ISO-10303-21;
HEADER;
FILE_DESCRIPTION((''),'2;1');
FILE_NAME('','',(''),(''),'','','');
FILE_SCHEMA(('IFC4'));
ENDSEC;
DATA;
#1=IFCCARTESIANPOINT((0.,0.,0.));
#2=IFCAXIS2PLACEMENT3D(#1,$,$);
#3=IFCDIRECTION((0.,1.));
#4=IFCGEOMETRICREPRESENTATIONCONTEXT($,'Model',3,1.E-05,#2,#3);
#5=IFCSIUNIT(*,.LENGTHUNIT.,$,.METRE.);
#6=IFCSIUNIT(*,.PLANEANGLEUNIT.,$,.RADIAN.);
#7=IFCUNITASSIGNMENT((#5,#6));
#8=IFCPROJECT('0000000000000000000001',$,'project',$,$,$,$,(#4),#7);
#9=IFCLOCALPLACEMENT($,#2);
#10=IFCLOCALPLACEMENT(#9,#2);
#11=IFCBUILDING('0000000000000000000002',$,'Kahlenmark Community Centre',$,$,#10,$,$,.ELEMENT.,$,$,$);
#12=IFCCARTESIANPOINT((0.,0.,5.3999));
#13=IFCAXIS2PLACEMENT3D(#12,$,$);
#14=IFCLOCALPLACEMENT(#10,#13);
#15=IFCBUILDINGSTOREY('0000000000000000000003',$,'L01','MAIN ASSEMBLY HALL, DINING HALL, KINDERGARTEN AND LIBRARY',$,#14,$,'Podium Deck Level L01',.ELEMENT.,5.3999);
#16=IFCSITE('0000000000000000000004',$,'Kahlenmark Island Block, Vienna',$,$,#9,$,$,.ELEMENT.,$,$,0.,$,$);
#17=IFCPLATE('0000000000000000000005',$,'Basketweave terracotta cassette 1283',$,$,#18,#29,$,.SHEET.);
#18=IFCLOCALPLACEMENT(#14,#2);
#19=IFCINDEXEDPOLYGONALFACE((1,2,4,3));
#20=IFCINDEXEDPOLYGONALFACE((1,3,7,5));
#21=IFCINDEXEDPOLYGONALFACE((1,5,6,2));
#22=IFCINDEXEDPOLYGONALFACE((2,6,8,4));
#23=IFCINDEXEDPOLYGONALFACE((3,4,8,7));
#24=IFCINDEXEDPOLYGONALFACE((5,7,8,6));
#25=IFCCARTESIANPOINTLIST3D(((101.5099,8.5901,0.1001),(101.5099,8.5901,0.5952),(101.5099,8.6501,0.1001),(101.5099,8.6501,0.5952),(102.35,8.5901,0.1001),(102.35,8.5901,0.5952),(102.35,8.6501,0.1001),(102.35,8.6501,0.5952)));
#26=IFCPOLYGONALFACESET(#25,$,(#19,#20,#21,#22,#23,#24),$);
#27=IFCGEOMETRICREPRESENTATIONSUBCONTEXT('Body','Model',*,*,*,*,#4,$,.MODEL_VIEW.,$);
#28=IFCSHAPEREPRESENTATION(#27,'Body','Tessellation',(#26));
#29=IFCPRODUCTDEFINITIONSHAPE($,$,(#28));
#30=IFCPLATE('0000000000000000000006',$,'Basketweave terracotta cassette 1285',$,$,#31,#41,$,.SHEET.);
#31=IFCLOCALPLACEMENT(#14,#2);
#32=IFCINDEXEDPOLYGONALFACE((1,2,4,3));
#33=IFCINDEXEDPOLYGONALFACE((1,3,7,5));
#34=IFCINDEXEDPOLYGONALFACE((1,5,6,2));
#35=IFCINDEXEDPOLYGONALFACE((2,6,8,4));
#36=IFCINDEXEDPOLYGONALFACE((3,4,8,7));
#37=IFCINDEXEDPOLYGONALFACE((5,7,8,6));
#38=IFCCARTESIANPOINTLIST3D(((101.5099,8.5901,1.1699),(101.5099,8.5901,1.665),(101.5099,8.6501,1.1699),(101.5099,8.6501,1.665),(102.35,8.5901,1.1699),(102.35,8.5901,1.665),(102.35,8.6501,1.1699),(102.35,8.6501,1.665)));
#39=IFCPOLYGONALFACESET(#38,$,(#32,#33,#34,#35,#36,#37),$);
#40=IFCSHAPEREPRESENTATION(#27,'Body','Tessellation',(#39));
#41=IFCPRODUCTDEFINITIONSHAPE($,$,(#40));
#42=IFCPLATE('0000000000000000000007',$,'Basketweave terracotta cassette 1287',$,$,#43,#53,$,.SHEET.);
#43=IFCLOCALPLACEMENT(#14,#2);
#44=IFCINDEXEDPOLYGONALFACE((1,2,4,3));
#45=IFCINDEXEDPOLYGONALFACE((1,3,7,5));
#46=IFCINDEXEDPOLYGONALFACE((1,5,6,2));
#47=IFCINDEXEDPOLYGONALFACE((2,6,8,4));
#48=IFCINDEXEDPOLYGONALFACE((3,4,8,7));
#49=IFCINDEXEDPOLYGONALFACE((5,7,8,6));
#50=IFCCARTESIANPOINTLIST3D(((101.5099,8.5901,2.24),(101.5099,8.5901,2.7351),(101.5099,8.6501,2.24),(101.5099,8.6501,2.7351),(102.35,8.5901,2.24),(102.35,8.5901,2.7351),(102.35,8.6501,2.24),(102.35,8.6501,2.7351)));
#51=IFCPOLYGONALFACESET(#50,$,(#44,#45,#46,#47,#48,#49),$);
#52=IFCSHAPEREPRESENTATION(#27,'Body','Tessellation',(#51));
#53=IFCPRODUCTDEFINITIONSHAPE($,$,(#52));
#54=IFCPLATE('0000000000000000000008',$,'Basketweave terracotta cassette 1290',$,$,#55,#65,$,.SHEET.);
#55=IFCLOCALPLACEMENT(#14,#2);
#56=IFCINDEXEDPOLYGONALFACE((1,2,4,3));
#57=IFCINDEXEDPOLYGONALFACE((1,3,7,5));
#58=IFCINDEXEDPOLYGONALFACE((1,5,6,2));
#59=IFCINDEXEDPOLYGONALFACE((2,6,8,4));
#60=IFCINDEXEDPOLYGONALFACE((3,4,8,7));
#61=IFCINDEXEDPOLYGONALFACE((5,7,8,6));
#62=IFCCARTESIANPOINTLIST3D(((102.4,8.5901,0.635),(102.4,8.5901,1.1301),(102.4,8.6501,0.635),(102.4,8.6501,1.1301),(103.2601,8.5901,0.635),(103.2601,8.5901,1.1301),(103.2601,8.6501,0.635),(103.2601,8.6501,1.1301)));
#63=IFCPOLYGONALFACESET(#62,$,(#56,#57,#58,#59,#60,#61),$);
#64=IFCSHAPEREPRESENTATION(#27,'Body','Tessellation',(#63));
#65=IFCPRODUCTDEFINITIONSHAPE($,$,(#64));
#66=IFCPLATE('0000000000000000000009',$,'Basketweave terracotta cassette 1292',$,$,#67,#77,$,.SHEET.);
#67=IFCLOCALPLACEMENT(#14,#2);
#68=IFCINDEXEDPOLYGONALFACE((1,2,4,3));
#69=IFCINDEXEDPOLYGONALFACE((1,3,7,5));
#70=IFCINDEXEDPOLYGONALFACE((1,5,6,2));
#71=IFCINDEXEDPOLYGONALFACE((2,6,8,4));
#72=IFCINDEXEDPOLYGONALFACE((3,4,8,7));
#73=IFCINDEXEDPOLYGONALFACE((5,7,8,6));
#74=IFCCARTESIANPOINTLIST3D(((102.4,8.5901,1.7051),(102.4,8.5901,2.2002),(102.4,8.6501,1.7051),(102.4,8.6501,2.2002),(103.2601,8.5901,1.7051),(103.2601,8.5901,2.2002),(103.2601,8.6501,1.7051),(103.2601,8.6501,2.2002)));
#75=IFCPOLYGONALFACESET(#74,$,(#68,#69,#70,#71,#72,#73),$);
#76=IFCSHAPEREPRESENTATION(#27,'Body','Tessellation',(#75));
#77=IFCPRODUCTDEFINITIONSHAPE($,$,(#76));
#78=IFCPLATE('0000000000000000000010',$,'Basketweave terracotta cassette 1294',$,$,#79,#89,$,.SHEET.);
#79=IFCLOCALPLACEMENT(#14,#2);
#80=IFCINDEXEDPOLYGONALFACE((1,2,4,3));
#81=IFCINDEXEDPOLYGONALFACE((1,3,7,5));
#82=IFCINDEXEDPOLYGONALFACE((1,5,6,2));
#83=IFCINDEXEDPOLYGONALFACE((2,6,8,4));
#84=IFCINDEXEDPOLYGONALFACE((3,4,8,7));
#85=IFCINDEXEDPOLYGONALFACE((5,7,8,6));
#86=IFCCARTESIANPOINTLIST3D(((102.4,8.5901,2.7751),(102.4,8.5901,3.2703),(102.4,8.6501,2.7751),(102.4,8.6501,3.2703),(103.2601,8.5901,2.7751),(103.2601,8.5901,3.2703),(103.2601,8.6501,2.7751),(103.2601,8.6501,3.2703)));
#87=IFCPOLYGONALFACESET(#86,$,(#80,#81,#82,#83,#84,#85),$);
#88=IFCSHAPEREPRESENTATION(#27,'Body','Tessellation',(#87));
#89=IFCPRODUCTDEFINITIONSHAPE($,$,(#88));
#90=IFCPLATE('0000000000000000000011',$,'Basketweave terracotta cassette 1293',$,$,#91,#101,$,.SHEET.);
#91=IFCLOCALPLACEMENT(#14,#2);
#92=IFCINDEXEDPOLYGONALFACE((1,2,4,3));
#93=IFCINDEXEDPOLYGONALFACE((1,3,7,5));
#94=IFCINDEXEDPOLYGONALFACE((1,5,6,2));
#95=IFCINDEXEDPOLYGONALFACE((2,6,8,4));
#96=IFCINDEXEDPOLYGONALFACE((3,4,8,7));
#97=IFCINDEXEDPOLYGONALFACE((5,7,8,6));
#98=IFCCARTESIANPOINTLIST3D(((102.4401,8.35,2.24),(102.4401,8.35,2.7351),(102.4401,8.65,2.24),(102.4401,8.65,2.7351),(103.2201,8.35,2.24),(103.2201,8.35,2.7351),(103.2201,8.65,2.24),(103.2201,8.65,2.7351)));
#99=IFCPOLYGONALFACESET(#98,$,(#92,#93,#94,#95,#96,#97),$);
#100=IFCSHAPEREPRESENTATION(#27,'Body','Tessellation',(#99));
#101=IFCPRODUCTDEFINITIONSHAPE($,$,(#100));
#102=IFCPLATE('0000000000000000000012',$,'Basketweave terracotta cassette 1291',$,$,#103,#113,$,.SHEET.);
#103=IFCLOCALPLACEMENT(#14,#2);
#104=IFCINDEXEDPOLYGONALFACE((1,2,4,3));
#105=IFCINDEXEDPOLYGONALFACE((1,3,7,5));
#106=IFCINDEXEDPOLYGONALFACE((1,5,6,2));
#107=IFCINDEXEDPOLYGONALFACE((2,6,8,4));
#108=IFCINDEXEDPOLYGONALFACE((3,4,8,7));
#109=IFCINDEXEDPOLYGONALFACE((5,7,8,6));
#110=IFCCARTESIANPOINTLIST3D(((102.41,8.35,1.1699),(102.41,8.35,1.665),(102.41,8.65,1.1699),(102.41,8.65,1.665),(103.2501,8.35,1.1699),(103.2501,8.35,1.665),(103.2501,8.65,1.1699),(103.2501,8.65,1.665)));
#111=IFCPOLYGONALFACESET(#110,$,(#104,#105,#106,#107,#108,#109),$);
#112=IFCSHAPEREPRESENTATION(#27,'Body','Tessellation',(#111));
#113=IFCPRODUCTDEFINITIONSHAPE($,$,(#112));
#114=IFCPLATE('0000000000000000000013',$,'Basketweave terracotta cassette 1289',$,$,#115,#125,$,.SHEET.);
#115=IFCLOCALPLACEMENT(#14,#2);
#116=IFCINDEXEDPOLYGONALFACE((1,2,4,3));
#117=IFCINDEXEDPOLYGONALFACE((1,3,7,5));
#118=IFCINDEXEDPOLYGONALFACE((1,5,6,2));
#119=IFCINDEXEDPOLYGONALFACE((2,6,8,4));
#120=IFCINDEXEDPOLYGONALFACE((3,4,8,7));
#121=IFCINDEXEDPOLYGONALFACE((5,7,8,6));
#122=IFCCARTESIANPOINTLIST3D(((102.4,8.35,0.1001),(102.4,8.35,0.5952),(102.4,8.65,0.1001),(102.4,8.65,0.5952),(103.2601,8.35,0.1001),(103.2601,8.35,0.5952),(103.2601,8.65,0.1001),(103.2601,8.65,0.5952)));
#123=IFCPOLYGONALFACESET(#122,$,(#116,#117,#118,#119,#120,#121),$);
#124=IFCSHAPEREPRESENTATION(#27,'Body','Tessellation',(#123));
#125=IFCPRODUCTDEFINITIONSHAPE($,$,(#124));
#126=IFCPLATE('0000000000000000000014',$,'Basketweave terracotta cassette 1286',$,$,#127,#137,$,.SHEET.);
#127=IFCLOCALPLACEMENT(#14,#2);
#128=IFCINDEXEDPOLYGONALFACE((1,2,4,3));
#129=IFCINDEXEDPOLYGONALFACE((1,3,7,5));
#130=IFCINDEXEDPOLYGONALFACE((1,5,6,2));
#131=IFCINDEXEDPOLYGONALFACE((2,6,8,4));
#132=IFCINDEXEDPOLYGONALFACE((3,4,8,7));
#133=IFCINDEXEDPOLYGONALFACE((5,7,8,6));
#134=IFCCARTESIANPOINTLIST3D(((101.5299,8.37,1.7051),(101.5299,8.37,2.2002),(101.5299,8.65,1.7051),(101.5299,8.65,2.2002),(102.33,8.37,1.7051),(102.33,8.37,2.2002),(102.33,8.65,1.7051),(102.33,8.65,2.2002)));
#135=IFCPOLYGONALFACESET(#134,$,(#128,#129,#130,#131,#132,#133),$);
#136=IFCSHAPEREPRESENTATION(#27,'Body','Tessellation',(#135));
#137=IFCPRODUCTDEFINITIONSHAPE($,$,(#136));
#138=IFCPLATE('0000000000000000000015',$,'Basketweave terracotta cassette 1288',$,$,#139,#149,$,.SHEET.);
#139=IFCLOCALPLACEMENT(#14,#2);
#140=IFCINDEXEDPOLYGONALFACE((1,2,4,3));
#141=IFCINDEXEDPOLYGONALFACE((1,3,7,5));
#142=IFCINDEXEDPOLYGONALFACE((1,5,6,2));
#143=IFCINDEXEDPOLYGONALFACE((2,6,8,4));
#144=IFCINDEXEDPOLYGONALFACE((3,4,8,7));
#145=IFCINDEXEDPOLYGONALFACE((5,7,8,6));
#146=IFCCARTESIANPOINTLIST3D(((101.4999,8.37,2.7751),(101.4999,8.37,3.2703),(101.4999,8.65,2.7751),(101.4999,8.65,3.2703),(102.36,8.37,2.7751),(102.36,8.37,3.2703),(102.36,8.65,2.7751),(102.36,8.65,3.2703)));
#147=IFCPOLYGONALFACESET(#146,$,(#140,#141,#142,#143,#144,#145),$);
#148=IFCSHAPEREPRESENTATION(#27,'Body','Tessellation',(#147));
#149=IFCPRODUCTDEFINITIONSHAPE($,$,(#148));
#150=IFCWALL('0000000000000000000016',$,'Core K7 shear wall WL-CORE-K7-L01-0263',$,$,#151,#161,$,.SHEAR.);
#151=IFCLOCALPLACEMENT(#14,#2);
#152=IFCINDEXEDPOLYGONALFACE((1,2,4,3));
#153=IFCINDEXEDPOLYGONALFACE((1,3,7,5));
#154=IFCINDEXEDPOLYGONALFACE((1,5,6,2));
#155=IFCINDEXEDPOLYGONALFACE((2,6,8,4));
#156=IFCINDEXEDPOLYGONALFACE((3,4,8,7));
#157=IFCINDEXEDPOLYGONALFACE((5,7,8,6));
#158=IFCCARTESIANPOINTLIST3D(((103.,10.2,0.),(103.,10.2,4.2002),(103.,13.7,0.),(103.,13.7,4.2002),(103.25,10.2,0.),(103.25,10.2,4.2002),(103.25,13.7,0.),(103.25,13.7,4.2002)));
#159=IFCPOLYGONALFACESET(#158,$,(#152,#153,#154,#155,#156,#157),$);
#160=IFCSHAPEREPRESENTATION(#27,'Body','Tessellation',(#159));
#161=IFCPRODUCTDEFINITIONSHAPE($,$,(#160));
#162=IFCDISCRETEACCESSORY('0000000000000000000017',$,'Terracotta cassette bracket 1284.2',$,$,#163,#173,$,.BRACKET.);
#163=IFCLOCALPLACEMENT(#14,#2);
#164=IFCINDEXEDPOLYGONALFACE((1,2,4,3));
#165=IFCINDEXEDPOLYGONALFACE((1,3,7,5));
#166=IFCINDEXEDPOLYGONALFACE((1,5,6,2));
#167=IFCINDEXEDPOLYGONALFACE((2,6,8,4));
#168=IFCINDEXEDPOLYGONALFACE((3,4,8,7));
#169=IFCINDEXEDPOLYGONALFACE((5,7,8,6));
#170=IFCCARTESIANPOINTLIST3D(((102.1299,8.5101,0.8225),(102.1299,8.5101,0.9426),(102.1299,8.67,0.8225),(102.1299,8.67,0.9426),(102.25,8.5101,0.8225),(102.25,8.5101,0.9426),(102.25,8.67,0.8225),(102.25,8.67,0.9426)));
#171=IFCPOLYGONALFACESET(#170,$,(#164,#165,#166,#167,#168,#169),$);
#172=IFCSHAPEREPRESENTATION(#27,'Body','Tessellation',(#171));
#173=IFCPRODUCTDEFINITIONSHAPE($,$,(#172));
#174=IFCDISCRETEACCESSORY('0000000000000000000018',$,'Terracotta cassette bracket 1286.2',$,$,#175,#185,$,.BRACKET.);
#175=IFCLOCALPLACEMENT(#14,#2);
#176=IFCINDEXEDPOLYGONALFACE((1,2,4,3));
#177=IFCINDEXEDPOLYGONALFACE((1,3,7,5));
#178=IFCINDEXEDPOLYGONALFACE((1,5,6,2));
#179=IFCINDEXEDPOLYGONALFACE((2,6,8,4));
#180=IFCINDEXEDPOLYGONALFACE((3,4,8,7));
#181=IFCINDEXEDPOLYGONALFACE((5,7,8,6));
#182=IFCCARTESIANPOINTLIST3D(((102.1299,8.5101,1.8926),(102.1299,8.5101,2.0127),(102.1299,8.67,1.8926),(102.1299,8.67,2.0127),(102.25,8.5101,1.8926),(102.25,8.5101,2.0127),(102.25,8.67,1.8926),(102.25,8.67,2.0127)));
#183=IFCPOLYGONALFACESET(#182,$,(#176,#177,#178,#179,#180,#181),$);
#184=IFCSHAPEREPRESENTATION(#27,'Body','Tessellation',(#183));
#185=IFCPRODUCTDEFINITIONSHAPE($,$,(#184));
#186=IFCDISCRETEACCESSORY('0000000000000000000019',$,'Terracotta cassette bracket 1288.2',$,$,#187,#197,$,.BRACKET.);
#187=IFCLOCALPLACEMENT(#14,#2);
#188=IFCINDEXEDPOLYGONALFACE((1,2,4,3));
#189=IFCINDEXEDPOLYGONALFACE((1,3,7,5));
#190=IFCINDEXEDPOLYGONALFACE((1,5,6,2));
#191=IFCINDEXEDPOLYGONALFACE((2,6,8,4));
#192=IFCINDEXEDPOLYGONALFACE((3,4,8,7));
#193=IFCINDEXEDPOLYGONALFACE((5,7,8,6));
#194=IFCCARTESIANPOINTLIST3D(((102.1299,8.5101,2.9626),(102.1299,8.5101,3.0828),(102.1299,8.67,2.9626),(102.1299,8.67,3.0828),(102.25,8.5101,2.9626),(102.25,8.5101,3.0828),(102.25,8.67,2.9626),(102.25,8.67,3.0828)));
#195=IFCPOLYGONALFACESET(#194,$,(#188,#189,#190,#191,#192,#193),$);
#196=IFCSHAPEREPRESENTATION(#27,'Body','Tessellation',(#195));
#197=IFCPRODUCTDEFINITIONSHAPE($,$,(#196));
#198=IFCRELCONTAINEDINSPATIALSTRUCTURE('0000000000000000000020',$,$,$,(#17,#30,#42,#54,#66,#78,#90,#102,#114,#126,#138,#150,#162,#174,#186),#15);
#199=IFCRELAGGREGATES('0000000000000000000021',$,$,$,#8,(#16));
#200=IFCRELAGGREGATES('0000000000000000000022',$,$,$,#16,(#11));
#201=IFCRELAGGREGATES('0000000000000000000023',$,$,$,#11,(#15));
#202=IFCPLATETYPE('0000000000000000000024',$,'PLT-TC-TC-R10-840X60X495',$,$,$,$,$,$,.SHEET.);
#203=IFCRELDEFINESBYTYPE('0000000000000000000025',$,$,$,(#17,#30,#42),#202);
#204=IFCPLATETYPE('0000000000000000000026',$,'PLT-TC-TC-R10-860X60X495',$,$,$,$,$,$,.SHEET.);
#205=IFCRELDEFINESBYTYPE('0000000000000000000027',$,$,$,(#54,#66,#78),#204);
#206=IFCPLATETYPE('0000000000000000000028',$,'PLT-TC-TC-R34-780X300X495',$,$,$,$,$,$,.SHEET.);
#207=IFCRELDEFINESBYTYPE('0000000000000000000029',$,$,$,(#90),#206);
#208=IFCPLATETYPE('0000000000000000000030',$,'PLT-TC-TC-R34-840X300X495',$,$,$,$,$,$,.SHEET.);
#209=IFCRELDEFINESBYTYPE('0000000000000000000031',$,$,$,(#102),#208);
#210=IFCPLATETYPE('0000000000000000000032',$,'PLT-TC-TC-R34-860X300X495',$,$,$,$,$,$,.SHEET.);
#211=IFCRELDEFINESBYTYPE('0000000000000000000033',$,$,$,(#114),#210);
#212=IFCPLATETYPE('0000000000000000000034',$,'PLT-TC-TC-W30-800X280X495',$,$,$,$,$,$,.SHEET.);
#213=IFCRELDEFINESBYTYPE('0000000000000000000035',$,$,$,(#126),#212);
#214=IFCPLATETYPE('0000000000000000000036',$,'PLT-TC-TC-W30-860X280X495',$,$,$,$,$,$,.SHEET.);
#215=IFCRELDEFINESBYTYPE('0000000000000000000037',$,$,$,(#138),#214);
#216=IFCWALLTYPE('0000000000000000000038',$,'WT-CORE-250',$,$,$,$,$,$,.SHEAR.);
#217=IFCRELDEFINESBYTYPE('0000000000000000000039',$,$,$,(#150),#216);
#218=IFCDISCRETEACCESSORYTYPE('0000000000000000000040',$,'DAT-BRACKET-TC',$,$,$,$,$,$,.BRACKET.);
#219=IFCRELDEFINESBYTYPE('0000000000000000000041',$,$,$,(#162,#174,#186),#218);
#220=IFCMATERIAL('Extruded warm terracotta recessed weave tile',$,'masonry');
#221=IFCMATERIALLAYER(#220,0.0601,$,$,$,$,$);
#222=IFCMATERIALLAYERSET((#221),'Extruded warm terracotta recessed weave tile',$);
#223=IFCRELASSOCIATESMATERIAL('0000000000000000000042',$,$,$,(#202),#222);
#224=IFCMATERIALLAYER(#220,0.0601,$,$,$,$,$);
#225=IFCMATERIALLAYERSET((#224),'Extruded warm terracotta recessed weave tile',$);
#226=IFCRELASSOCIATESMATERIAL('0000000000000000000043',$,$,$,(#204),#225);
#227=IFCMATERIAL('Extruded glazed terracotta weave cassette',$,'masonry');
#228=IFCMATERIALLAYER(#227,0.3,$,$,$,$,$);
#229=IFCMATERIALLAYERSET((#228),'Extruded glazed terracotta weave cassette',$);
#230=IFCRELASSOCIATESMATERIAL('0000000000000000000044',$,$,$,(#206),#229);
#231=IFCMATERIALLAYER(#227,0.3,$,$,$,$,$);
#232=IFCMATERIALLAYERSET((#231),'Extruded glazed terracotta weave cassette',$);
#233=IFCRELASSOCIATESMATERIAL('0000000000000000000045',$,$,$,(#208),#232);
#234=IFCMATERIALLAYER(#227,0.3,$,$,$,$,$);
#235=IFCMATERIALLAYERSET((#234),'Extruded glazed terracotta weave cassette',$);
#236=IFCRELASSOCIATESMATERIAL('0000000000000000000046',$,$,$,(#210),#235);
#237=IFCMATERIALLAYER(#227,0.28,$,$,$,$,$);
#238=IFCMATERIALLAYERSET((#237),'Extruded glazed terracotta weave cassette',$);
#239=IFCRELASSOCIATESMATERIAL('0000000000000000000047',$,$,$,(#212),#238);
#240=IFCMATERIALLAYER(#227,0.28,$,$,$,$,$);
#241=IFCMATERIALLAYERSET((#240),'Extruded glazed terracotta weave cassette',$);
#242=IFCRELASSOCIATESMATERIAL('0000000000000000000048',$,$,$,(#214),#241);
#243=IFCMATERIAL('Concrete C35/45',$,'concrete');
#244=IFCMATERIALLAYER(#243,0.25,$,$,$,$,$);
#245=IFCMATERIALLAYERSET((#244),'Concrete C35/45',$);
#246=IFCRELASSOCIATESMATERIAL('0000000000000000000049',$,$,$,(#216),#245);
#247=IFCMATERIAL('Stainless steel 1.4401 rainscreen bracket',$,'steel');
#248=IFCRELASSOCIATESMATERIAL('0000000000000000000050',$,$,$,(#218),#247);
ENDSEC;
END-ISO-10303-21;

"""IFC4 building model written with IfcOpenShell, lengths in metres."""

from ifc_helpers import new_model, si_unit, direction, frame, frame_2d, origin, origin_2d, place, context, subcontext, project, spatial, rectangle, extrude, material, layer, layer_set, type_object, element, save


model = new_model("IFC4")

# Units and contexts
model_context = context("Model", 3, precision=1e-05, world=origin(), true_north=direction((0.0, 1.0)))
body_context = subcontext(model_context, "Body", "Model", "MODEL_VIEW")
ifc_project = project(units=[si_unit("LENGTHUNIT", "METRE"), si_unit("PLANEANGLEUNIT", "RADIAN")], contexts=[model_context])

# Site, building, storey
site_placement = place(None, origin())
site = spatial("IfcSite", under=ifc_project, at=site_placement, Name="Kahlenmark Island Block, Vienna", CompositionType="ELEMENT", RefElevation=0.0)
building_placement = place(site_placement, origin())
building = spatial("IfcBuilding", under=site, at=building_placement, Name="Kahlenmark Community Centre", CompositionType="ELEMENT")
storey_placement = place(building_placement, frame((0.0, 0.0, 5.3999)))
storey = spatial("IfcBuildingStorey", under=building, at=storey_placement, Name="L01", Description="MAIN ASSEMBLY HALL, DINING HALL, KINDERGARTEN AND LIBRARY", LongName="Podium Deck Level L01", CompositionType="ELEMENT", Elevation=5.3999)

# Plates
ifc_material_1 = material(Name="Extruded warm terracotta recessed weave tile", Category="masonry")
ifc_layer_1 = layer(ifc_material_1, 0.0601)
ifc_layer_set_1 = layer_set([ifc_layer_1], Name="Extruded warm terracotta recessed weave tile")
plate_type_1 = type_object("IfcPlateType", Name="PLT-TC-TC-R10-840X60X495", PredefinedType="SHEET", material=ifc_layer_set_1)
for number, where, z_axis, x_axis, name in (
    (1, (101.9299, 8.6201, 0.1001), (0.0, 0.0, 1.0), (1.0, 0.0, 0.0), "Basketweave terracotta cassette 1283"),
    (2, (101.9299, 8.6201, 1.1699), (0.0, 0.0, 1.0), (1.0, 0.0, 0.0), "Basketweave terracotta cassette 1285"),
    (3, (101.9299, 8.6201, 2.24), (0.0, 0.0, 1.0), (1.0, 0.0, 0.0), "Basketweave terracotta cassette 1287"),
):
    element("IfcPlate", number, at=place(storey_placement, frame(where, z_axis=z_axis, x_axis=x_axis)), inside=storey, type_object=plate_type_1, Name=name, PredefinedType="SHEET", context=body_context, shape_type="SweptSolid", body=[
        extrude(rectangle(XDim=0.8401, YDim=0.0601, at=origin_2d()), origin(), (0.0, 0.0, 1.0), 0.4951),
    ])
ifc_layer_2 = layer(ifc_material_1, 0.0601)
ifc_layer_set_2 = layer_set([ifc_layer_2], Name="Extruded warm terracotta recessed weave tile")
plate_type_2 = type_object("IfcPlateType", Name="PLT-TC-TC-R10-860X60X495", PredefinedType="SHEET", material=ifc_layer_set_2)
for number, where, z_axis, x_axis, name in (
    (4, (102.8301, 8.6201, 0.635), (0.0, 0.0, 1.0), (1.0, 0.0, 0.0), "Basketweave terracotta cassette 1290"),
    (5, (102.8301, 8.6201, 1.7051), (0.0, 0.0, 1.0), (1.0, 0.0, 0.0), "Basketweave terracotta cassette 1292"),
    (6, (102.8301, 8.6201, 2.7751), (0.0, 0.0, 1.0), (1.0, 0.0, 0.0), "Basketweave terracotta cassette 1294"),
):
    element("IfcPlate", number, at=place(storey_placement, frame(where, z_axis=z_axis, x_axis=x_axis)), inside=storey, type_object=plate_type_2, Name=name, PredefinedType="SHEET", context=body_context, shape_type="SweptSolid", body=[
        extrude(rectangle(XDim=0.8601, YDim=0.0601, at=origin_2d()), origin(), (0.0, 0.0, 1.0), 0.4951),
    ])
ifc_material_2 = material(Name="Extruded glazed terracotta weave cassette", Category="masonry")
ifc_layer_3 = layer(ifc_material_2, 0.3)
ifc_layer_set_3 = layer_set([ifc_layer_3], Name="Extruded glazed terracotta weave cassette")
plate_type_3 = type_object("IfcPlateType", Name="PLT-TC-TC-R34-780X300X495", PredefinedType="SHEET", material=ifc_layer_set_3)
plate_1_placement = place(storey_placement, frame((102.8301, 8.5, 2.24), z_axis=(0.0, 0.0, 1.0), x_axis=(1.0, 0.0, 0.0)))
element("IfcPlate", 7, at=plate_1_placement, inside=storey, type_object=plate_type_3, Name="Basketweave terracotta cassette 1293", PredefinedType="SHEET", context=body_context, shape_type="SweptSolid", body=[
    extrude(rectangle(XDim=0.78, YDim=0.3, at=origin_2d()), origin(), (0.0, 0.0, 1.0), 0.4951),
])
ifc_layer_4 = layer(ifc_material_2, 0.3)
ifc_layer_set_4 = layer_set([ifc_layer_4], Name="Extruded glazed terracotta weave cassette")
plate_type_4 = type_object("IfcPlateType", Name="PLT-TC-TC-R34-840X300X495", PredefinedType="SHEET", material=ifc_layer_set_4)
plate_2_placement = place(storey_placement, frame((102.8301, 8.5, 1.1699), z_axis=(0.0, 0.0, 1.0), x_axis=(1.0, 0.0, 0.0)))
element("IfcPlate", 8, at=plate_2_placement, inside=storey, type_object=plate_type_4, Name="Basketweave terracotta cassette 1291", PredefinedType="SHEET", context=body_context, shape_type="SweptSolid", body=[
    extrude(rectangle(XDim=0.8401, YDim=0.3, at=origin_2d()), origin(), (0.0, 0.0, 1.0), 0.4951),
])
ifc_layer_5 = layer(ifc_material_2, 0.3)
ifc_layer_set_5 = layer_set([ifc_layer_5], Name="Extruded glazed terracotta weave cassette")
plate_type_5 = type_object("IfcPlateType", Name="PLT-TC-TC-R34-860X300X495", PredefinedType="SHEET", material=ifc_layer_set_5)
plate_3_placement = place(storey_placement, frame((102.8301, 8.5, 0.1001), z_axis=(0.0, 0.0, 1.0), x_axis=(1.0, 0.0, 0.0)))
element("IfcPlate", 9, at=plate_3_placement, inside=storey, type_object=plate_type_5, Name="Basketweave terracotta cassette 1289", PredefinedType="SHEET", context=body_context, shape_type="SweptSolid", body=[
    extrude(rectangle(XDim=0.8601, YDim=0.3, at=origin_2d()), origin(), (0.0, 0.0, 1.0), 0.4951),
])
ifc_layer_6 = layer(ifc_material_2, 0.28)
ifc_layer_set_6 = layer_set([ifc_layer_6], Name="Extruded glazed terracotta weave cassette")
plate_type_6 = type_object("IfcPlateType", Name="PLT-TC-TC-W30-800X280X495", PredefinedType="SHEET", material=ifc_layer_set_6)
plate_4_placement = place(storey_placement, frame((101.9299, 8.51, 1.7051), z_axis=(0.0, 0.0, 1.0), x_axis=(1.0, 0.0, 0.0)))
element("IfcPlate", 10, at=plate_4_placement, inside=storey, type_object=plate_type_6, Name="Basketweave terracotta cassette 1286", PredefinedType="SHEET", context=body_context, shape_type="SweptSolid", body=[
    extrude(rectangle(XDim=0.8, YDim=0.28, at=origin_2d()), origin(), (0.0, 0.0, 1.0), 0.4951),
])
ifc_layer_7 = layer(ifc_material_2, 0.28)
ifc_layer_set_7 = layer_set([ifc_layer_7], Name="Extruded glazed terracotta weave cassette")
plate_type_7 = type_object("IfcPlateType", Name="PLT-TC-TC-W30-860X280X495", PredefinedType="SHEET", material=ifc_layer_set_7)
plate_5_placement = place(storey_placement, frame((101.9299, 8.51, 2.7751), z_axis=(0.0, 0.0, 1.0), x_axis=(1.0, 0.0, 0.0)))
element("IfcPlate", 11, at=plate_5_placement, inside=storey, type_object=plate_type_7, Name="Basketweave terracotta cassette 1288", PredefinedType="SHEET", context=body_context, shape_type="SweptSolid", body=[
    extrude(rectangle(XDim=0.8601, YDim=0.28, at=origin_2d()), origin(), (0.0, 0.0, 1.0), 0.4951),
])

# Wall
ifc_material_3 = material(Name="Concrete C35/45", Category="concrete")
ifc_layer_8 = layer(ifc_material_3, 0.25)
ifc_layer_set_8 = layer_set([ifc_layer_8], Name="Concrete C35/45")
wall_type = type_object("IfcWallType", Name="WT-CORE-250", PredefinedType="SHEAR", material=ifc_layer_set_8)
wall_placement = place(storey_placement, frame((103.125, 10.2, 0.0), z_axis=(0.0, 0.0, 1.0), x_axis=(0.0, 1.0, 0.0)))
element("IfcWall", 12, at=wall_placement, inside=storey, type_object=wall_type, Name="Core K7 shear wall WL-CORE-K7-L01-0263", PredefinedType="SHEAR", context=body_context, shape_type="SweptSolid", body=[
    extrude(rectangle(XDim=3.5, YDim=0.25, at=frame_2d((1.75, 0.0))), origin(), (0.0, 0.0, 1.0), 4.2002),
])

# Discrete accessories
ifc_material_4 = material(Name="Stainless steel 1.4401 rainscreen bracket", Category="steel")
discrete_accessory_type = type_object("IfcDiscreteAccessoryType", Name="DAT-BRACKET-TC", PredefinedType="BRACKET", material=ifc_material_4)
for number, where, z_axis, x_axis, name in (
    (13, (102.1899, 8.5901, 0.8225), (0.0, 0.0, 1.0), (1.0, 0.0, 0.0), "Terracotta cassette bracket 1284.2"),
    (14, (102.1899, 8.5901, 1.8926), (0.0, 0.0, 1.0), (1.0, 0.0, 0.0), "Terracotta cassette bracket 1286.2"),
    (15, (102.1899, 8.5901, 2.9626), (0.0, 0.0, 1.0), (1.0, 0.0, 0.0), "Terracotta cassette bracket 1288.2"),
):
    element("IfcDiscreteAccessory", number, at=place(storey_placement, frame(where, z_axis=z_axis, x_axis=x_axis)), inside=storey, type_object=discrete_accessory_type, Name=name, PredefinedType="BRACKET", context=body_context, shape_type="SweptSolid", body=[
        extrude(rectangle(XDim=0.1201, YDim=0.1599, at=origin_2d()), origin(), (0.0, 0.0, 1.0), 0.1201),
    ])

save(model, "model.ifc")
